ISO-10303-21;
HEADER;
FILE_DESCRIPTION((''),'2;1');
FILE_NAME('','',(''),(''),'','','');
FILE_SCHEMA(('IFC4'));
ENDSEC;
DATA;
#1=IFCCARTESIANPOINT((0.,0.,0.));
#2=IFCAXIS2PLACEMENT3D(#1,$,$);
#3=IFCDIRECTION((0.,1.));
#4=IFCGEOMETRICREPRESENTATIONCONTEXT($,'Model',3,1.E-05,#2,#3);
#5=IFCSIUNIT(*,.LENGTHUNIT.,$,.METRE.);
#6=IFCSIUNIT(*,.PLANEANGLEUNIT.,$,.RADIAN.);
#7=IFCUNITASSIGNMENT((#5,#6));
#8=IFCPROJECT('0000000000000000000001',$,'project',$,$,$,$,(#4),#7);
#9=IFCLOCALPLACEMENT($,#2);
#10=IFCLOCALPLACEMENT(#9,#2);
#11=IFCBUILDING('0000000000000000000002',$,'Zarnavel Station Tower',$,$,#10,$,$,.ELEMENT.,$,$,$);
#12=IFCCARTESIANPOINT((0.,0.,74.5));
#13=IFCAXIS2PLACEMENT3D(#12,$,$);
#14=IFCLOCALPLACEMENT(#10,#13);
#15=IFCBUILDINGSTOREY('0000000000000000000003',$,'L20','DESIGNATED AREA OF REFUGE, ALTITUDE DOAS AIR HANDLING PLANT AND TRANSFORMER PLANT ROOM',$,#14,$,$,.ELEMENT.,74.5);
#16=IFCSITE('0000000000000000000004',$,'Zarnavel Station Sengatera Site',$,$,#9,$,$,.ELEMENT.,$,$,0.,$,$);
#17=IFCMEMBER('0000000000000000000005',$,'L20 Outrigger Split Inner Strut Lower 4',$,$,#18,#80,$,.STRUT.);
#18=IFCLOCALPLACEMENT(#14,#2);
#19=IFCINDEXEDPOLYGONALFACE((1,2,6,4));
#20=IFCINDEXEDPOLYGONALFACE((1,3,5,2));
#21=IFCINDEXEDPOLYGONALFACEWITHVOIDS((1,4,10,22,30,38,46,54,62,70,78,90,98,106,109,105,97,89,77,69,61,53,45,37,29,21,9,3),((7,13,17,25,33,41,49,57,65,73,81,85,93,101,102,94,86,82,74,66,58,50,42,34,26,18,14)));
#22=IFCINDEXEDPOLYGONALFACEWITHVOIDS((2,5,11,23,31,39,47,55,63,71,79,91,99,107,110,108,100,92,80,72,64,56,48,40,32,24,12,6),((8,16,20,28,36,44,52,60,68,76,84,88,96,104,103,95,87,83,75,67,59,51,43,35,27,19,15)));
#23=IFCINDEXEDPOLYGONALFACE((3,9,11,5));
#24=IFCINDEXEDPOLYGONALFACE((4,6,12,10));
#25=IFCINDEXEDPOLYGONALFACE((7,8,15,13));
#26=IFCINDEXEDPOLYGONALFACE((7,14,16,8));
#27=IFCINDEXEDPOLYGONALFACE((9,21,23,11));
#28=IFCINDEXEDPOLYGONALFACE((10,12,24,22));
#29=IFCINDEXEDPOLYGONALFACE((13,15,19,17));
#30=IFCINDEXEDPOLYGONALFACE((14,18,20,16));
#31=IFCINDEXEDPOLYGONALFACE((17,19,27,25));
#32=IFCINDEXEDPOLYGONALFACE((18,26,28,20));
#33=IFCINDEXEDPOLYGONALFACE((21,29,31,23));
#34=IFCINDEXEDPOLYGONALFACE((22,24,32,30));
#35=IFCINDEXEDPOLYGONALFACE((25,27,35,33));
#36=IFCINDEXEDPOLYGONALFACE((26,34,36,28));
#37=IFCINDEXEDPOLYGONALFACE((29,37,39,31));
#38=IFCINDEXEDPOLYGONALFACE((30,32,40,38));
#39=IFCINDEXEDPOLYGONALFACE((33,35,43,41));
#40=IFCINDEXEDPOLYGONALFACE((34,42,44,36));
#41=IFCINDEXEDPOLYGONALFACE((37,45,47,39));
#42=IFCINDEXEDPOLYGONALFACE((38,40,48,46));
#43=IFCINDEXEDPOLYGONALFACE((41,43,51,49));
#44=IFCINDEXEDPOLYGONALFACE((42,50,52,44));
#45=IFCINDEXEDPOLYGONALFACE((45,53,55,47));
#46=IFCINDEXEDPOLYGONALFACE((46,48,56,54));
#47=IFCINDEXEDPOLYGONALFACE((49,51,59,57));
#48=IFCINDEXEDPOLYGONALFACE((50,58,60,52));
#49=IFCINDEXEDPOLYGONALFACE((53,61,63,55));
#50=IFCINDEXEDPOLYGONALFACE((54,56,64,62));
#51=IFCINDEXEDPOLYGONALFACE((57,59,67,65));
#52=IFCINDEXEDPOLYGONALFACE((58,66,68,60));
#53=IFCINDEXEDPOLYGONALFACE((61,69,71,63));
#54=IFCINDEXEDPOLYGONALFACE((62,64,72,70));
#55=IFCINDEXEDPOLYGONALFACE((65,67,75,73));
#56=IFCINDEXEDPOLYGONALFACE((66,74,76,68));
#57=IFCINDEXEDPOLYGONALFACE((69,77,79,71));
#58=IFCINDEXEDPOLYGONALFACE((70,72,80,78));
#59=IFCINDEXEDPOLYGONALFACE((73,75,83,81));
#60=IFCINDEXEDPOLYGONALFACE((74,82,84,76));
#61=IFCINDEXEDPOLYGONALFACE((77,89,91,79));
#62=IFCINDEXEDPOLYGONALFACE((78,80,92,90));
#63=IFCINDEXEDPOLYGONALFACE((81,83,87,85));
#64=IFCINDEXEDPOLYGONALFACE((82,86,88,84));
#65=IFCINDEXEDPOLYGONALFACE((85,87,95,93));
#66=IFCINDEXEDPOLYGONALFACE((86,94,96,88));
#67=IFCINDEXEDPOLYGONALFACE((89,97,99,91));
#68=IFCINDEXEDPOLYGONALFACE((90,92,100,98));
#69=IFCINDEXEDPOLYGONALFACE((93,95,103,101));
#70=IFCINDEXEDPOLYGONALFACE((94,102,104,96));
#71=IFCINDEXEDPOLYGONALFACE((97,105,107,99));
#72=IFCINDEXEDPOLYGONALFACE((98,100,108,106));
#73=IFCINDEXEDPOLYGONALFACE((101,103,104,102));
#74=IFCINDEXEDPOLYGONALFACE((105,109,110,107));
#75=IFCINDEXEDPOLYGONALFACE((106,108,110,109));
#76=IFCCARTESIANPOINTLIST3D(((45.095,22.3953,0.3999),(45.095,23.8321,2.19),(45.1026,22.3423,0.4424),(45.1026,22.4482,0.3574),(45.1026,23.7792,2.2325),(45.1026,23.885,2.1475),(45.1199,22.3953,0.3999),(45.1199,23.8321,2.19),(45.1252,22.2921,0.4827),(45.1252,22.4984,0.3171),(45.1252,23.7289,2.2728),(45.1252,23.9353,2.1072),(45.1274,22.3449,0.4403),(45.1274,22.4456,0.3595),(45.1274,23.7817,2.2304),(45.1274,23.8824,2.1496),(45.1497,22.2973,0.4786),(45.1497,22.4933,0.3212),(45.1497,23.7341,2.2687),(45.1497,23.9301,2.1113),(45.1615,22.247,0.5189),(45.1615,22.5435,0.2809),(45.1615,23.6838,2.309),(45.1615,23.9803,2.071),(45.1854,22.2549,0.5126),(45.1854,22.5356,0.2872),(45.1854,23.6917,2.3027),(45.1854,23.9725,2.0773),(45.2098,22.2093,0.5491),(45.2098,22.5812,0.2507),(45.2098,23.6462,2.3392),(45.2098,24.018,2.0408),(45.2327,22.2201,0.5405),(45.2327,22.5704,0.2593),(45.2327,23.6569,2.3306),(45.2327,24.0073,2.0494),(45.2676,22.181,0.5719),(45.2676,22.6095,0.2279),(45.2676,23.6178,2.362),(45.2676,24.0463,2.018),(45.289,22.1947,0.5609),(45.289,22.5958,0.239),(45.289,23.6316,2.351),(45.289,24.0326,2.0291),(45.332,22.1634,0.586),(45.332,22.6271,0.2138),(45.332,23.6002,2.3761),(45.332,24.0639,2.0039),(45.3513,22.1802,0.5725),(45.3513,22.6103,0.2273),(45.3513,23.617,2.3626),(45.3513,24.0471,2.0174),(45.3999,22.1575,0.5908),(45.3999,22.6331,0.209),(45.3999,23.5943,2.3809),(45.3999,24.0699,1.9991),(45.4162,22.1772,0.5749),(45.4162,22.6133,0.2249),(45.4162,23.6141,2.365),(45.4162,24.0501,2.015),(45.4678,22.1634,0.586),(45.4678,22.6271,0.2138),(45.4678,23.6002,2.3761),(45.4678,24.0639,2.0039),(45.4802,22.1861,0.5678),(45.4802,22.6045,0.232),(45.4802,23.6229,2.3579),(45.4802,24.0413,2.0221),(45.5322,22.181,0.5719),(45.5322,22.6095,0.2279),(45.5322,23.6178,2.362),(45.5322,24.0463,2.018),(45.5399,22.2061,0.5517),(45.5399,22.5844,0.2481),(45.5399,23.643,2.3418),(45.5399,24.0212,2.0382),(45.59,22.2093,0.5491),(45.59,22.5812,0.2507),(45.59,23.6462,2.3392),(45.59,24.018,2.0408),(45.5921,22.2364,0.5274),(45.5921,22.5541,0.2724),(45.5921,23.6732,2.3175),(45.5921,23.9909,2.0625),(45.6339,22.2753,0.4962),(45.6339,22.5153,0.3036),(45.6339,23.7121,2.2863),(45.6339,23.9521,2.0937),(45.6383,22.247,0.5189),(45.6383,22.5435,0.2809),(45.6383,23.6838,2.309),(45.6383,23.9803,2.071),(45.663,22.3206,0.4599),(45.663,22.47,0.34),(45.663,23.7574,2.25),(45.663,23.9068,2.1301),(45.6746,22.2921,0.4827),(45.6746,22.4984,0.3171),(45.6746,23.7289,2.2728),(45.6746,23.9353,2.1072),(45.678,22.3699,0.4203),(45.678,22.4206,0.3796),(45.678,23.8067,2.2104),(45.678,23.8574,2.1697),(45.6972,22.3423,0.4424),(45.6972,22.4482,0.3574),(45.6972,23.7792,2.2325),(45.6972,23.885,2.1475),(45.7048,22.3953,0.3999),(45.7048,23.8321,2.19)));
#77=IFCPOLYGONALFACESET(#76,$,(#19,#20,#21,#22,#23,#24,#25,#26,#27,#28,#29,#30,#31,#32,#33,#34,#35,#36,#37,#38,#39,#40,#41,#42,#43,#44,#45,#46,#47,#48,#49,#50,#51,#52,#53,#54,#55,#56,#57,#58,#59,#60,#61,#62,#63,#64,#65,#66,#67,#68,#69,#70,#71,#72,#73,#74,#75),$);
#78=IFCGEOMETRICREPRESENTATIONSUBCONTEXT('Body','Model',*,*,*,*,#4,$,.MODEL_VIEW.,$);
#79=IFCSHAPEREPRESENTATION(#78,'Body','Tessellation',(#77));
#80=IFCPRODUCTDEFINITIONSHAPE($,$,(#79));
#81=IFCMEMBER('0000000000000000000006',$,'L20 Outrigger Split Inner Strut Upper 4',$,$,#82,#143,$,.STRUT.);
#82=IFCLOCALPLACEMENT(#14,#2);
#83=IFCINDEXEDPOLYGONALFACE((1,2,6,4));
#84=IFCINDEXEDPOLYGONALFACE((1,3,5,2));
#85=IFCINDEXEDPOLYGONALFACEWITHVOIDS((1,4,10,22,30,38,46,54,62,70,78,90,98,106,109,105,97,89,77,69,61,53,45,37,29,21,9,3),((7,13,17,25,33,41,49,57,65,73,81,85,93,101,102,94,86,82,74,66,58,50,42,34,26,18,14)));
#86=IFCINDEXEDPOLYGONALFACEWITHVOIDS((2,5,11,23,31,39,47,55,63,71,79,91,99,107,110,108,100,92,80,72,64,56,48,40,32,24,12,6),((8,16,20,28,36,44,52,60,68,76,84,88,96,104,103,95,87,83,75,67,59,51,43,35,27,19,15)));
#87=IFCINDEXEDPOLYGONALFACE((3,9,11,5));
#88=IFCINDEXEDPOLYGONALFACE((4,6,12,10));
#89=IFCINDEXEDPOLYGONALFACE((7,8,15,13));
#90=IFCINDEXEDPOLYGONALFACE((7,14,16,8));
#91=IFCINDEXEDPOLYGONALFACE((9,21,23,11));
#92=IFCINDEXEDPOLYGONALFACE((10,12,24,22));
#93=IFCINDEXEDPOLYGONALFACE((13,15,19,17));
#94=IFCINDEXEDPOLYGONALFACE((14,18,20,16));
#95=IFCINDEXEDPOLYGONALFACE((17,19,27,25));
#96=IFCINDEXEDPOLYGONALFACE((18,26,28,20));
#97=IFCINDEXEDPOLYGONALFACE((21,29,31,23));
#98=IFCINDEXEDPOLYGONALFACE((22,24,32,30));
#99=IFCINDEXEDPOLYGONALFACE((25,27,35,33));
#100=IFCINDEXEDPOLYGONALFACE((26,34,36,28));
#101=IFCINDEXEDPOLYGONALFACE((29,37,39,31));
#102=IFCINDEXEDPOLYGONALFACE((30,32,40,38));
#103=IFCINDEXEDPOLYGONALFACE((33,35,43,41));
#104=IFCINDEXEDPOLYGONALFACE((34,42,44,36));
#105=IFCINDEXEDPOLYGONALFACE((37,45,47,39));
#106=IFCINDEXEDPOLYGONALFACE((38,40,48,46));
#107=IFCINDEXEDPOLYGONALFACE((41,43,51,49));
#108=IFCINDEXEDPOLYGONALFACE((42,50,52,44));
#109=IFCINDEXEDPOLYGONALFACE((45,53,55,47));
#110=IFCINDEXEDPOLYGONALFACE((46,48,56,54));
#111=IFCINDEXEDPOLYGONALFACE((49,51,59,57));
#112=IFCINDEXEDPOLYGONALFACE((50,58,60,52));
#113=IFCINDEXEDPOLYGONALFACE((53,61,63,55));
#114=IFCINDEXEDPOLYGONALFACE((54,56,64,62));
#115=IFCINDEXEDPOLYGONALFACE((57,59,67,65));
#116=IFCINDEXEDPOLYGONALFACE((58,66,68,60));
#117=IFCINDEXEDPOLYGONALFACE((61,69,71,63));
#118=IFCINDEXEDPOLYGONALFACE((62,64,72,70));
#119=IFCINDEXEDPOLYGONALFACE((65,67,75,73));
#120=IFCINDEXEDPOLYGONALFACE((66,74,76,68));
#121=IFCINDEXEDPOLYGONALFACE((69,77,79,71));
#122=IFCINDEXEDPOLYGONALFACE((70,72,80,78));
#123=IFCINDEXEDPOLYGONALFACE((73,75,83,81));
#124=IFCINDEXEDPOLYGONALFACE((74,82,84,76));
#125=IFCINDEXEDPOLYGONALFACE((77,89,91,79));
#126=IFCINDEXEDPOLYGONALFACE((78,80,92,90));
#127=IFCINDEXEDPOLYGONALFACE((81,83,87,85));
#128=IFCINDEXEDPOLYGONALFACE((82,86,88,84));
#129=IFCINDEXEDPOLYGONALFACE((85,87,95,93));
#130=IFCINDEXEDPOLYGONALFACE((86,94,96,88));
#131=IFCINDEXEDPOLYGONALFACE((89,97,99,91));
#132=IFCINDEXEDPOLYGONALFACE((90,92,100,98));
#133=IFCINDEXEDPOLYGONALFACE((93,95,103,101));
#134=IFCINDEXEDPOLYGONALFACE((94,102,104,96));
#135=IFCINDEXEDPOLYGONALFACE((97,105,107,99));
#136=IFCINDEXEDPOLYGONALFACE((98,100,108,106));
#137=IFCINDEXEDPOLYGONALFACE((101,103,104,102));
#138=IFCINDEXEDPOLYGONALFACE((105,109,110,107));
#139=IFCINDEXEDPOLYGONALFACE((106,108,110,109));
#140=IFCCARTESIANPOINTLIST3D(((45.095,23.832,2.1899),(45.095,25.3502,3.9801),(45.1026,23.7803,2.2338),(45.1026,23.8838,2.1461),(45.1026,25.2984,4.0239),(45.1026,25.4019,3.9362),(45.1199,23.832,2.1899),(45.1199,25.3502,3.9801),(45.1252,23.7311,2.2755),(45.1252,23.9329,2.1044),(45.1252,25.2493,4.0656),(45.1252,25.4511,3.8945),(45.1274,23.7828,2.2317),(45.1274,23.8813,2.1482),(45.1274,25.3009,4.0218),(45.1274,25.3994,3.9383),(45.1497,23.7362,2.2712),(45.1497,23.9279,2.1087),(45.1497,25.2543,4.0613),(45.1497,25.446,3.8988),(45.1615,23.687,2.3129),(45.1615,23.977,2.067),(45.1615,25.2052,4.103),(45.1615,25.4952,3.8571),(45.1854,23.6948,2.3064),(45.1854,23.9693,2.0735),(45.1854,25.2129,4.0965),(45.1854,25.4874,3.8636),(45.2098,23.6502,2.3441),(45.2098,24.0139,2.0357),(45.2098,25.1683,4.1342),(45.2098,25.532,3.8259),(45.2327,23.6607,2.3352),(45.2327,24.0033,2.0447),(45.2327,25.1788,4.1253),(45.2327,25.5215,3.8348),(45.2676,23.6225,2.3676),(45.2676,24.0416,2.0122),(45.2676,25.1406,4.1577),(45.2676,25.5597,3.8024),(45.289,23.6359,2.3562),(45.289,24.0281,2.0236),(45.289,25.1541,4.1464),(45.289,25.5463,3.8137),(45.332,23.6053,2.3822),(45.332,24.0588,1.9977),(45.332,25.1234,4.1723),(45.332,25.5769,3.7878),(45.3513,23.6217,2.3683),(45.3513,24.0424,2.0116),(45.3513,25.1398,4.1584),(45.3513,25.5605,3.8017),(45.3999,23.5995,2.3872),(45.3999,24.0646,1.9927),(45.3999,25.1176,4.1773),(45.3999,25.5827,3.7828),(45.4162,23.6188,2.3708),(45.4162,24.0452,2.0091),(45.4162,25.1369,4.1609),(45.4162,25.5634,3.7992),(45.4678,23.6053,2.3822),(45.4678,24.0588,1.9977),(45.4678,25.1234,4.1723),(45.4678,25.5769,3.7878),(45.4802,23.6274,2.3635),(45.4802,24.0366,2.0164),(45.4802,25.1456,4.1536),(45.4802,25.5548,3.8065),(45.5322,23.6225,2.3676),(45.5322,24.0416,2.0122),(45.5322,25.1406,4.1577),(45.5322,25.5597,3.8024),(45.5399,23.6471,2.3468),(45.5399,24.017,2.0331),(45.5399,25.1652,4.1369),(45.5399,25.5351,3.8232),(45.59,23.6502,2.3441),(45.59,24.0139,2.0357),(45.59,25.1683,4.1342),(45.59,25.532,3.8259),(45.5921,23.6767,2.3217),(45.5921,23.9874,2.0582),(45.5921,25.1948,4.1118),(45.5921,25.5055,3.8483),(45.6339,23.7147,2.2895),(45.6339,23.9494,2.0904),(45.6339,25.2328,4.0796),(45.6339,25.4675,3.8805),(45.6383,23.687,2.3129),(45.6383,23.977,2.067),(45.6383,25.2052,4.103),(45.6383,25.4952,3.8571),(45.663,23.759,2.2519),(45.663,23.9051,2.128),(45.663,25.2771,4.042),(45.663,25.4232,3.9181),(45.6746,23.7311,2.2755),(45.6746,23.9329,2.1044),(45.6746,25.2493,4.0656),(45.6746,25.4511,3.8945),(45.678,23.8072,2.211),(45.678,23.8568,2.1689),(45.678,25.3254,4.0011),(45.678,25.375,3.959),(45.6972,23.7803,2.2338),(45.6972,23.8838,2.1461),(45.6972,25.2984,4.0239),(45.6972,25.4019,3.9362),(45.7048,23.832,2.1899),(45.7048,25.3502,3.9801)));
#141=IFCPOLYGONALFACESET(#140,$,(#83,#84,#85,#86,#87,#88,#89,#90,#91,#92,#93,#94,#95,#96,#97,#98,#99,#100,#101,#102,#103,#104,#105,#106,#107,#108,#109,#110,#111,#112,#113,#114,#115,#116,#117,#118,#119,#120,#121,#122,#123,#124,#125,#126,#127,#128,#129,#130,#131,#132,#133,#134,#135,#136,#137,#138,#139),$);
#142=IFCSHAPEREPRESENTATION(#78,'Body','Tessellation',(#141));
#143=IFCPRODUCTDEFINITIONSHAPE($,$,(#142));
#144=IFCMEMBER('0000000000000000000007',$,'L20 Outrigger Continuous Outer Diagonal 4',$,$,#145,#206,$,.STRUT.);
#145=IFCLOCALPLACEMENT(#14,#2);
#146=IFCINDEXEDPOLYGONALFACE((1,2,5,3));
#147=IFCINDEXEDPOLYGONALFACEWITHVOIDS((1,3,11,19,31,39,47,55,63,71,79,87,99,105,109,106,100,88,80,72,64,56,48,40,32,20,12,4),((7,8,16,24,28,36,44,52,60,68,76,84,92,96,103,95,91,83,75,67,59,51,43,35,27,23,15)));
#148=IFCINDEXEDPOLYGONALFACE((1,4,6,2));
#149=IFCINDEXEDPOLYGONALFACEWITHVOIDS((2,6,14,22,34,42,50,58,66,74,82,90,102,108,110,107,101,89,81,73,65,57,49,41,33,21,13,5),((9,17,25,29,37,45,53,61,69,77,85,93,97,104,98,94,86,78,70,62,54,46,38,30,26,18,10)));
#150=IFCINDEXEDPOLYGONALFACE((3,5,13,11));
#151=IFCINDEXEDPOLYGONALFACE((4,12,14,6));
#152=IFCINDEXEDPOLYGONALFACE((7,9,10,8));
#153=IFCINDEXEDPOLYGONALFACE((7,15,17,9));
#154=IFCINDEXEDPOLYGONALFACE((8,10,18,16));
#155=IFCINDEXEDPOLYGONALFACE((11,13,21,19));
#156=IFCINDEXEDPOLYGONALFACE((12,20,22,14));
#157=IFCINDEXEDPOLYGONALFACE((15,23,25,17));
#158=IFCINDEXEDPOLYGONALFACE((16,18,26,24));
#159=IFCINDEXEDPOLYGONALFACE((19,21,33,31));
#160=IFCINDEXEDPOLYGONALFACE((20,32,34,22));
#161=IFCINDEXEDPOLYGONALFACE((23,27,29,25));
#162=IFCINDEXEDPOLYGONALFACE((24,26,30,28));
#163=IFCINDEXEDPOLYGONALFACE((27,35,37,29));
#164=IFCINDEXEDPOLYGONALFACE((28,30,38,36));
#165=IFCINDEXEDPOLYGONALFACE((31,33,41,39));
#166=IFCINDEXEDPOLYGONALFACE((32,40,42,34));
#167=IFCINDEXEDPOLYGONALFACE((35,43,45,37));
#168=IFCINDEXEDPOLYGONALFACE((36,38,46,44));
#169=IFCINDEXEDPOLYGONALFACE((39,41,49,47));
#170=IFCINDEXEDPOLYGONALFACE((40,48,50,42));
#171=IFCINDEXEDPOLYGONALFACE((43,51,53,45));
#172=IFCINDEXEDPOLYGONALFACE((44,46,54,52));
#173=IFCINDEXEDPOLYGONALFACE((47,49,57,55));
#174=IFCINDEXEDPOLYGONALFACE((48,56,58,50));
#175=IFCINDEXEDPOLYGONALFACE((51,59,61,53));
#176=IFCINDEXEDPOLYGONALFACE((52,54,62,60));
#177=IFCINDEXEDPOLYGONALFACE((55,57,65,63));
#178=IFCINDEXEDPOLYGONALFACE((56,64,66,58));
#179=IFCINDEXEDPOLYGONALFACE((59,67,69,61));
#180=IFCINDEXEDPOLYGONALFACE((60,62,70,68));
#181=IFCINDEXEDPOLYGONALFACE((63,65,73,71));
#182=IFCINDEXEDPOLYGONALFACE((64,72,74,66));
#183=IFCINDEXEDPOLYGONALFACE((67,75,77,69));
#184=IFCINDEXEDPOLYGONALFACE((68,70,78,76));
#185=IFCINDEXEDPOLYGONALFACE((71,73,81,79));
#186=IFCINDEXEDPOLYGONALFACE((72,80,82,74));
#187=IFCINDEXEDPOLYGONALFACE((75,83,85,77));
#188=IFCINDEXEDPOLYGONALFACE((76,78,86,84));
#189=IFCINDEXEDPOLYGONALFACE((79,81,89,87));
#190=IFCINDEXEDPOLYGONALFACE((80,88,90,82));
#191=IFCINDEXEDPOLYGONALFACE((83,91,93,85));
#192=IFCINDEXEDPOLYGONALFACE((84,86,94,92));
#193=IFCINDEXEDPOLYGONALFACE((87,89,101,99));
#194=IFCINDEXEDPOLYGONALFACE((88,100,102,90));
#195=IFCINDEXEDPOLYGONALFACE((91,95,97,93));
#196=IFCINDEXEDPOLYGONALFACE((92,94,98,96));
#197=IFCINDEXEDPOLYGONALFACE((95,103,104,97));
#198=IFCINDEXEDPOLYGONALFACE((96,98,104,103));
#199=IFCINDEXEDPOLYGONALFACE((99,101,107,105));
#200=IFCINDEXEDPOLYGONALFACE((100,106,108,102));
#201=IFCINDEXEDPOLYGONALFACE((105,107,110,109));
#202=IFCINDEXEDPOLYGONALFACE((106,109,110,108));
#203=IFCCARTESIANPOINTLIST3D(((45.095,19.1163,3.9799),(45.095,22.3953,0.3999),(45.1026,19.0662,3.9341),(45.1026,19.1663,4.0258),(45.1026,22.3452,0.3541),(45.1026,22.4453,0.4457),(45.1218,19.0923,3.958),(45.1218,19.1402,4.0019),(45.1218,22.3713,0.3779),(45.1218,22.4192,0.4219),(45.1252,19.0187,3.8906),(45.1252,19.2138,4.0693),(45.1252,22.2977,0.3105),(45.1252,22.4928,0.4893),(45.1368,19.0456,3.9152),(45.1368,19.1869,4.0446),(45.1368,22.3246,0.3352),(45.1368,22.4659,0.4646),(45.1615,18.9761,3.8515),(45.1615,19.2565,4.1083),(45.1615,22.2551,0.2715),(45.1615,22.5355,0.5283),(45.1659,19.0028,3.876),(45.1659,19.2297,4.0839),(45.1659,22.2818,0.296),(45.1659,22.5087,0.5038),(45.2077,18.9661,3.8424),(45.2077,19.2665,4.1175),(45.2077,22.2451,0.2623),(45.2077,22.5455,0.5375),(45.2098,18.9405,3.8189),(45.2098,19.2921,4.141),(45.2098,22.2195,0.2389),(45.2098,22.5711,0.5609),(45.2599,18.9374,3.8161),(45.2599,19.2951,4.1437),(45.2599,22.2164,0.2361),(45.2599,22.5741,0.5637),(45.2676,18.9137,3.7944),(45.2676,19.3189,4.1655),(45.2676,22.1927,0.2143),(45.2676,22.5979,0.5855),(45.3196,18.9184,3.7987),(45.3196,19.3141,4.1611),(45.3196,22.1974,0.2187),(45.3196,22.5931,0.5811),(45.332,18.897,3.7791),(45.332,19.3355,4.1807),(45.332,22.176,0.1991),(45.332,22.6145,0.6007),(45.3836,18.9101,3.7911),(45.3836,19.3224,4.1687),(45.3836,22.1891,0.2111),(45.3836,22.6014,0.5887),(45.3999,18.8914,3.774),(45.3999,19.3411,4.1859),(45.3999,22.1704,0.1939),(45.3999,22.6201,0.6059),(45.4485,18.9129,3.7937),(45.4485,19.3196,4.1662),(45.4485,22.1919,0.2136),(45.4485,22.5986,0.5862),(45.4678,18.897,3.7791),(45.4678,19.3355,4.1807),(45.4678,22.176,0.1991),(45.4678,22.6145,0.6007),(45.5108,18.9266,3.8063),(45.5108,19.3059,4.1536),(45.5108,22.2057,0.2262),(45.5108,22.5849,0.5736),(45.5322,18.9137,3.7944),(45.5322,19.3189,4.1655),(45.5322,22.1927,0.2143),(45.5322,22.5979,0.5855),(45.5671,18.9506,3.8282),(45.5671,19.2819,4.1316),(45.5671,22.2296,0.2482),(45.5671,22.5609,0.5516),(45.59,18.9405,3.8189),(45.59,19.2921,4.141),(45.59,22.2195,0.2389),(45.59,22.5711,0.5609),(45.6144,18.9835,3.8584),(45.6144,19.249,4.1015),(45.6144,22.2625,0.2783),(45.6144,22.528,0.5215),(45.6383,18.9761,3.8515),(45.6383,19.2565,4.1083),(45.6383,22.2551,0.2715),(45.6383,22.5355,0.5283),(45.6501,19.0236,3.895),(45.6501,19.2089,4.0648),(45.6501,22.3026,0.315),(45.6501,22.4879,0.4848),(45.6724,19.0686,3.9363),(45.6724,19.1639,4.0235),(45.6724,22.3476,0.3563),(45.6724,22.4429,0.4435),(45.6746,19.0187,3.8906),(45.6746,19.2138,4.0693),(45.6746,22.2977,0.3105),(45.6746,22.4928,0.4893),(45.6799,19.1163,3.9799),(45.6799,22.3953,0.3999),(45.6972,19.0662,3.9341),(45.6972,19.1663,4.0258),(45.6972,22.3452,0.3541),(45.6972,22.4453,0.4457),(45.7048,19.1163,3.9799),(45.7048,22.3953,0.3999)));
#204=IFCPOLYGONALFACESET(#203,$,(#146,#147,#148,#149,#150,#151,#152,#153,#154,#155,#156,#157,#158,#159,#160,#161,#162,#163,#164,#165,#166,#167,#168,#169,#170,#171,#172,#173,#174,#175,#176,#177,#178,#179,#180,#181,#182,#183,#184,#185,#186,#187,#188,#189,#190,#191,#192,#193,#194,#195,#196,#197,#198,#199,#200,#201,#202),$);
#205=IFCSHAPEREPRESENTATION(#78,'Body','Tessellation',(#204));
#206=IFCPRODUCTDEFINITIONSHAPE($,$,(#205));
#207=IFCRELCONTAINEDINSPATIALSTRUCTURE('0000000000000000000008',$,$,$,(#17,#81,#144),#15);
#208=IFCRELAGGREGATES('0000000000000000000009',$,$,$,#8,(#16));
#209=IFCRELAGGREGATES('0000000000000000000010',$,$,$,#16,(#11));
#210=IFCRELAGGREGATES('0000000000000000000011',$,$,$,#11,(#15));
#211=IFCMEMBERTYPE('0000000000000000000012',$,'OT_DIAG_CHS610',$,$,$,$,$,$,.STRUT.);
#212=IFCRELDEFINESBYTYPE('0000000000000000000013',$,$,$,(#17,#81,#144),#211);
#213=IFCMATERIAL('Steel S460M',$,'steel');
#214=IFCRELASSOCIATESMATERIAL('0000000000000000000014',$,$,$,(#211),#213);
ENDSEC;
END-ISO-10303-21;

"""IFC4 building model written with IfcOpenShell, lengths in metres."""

from ifc_helpers import new_model, si_unit, direction, frame, origin, origin_2d, place, context, subcontext, project, spatial, hollow_circle, extrude, material, material_profile, profile_set, type_object, element, save


model = new_model("IFC4")

# Units and contexts
model_context = context("Model", 3, precision=1e-05, world=origin(), true_north=direction((0.0, 1.0)))
body_context = subcontext(model_context, "Body", "Model", "MODEL_VIEW")
ifc_project = project(units=[si_unit("LENGTHUNIT", "METRE"), si_unit("PLANEANGLEUNIT", "RADIAN")], contexts=[model_context])

# Site, building, storey
site_placement = place(None, origin())
site = spatial("IfcSite", under=ifc_project, at=site_placement, Name="Zarnavel Station Sengatera Site", CompositionType="ELEMENT", RefElevation=0.0)
building_placement = place(site_placement, origin())
building = spatial("IfcBuilding", under=site, at=building_placement, Name="Zarnavel Station Tower", CompositionType="ELEMENT")
storey_placement = place(building_placement, frame((0.0, 0.0, 74.5)))
storey = spatial("IfcBuildingStorey", under=building, at=storey_placement, Name="L20", Description="DESIGNATED AREA OF REFUGE, ALTITUDE DOAS AIR HANDLING PLANT AND TRANSFORMER PLANT ROOM", CompositionType="ELEMENT", Elevation=74.5)

# Members
ifc_material_1 = material(Name="Steel S460M", Category="steel")
ifc_material_profile_1 = material_profile(ifc_material_1, hollow_circle(Radius=0.3049, WallThickness=0.0249, at=origin_2d()), Name="CHS610x25")
ifc_profile_set_1 = profile_set([ifc_material_profile_1], Name="Steel S460M")
member_type = type_object("IfcMemberType", Name="OT_DIAG_CHS610", PredefinedType="STRUT", material=ifc_profile_set_1)
member_1_placement = place(storey_placement, frame((45.3999, 22.3953, 0.3999), z_axis=(0.0, 0.625952, 0.779861), x_axis=(-1.0, 0.0, 0.0)))
element("IfcMember", 1, at=member_1_placement, inside=storey, type_object=member_type, Name="L20 Outrigger Split Inner Strut Lower 4", PredefinedType="STRUT", context=body_context, shape_type="SweptSolid", body=[
    extrude(hollow_circle(Radius=0.3049, WallThickness=0.0249, at=origin_2d()), origin(), (0.0, 0.0, 1.0), 2.2954),
])
member_2_placement = place(storey_placement, frame((45.3999, 23.832, 2.1899), z_axis=(0.0, 0.64679, 0.762668), x_axis=(-1.0, 0.0, 0.0)))
element("IfcMember", 2, at=member_2_placement, inside=storey, type_object=member_type, Name="L20 Outrigger Split Inner Strut Upper 4", PredefinedType="STRUT", context=body_context, shape_type="SweptSolid", body=[
    extrude(hollow_circle(Radius=0.3049, WallThickness=0.0249, at=origin_2d()), origin(), (0.0, 0.0, 1.0), 2.3472),
])
member_3_placement = place(storey_placement, frame((45.3999, 22.3953, 0.3999), z_axis=(0.0, -0.675424, 0.73743), x_axis=(1.0, 0.0, 0.0)))
element("IfcMember", 3, at=member_3_placement, inside=storey, type_object=member_type, Name="L20 Outrigger Continuous Outer Diagonal 4", PredefinedType="STRUT", context=body_context, shape_type="SweptSolid", body=[
    extrude(hollow_circle(Radius=0.3049, WallThickness=0.0249, at=origin_2d()), origin(), (0.0, 0.0, 1.0), 4.8547),
])

save(model, "model.ifc")
